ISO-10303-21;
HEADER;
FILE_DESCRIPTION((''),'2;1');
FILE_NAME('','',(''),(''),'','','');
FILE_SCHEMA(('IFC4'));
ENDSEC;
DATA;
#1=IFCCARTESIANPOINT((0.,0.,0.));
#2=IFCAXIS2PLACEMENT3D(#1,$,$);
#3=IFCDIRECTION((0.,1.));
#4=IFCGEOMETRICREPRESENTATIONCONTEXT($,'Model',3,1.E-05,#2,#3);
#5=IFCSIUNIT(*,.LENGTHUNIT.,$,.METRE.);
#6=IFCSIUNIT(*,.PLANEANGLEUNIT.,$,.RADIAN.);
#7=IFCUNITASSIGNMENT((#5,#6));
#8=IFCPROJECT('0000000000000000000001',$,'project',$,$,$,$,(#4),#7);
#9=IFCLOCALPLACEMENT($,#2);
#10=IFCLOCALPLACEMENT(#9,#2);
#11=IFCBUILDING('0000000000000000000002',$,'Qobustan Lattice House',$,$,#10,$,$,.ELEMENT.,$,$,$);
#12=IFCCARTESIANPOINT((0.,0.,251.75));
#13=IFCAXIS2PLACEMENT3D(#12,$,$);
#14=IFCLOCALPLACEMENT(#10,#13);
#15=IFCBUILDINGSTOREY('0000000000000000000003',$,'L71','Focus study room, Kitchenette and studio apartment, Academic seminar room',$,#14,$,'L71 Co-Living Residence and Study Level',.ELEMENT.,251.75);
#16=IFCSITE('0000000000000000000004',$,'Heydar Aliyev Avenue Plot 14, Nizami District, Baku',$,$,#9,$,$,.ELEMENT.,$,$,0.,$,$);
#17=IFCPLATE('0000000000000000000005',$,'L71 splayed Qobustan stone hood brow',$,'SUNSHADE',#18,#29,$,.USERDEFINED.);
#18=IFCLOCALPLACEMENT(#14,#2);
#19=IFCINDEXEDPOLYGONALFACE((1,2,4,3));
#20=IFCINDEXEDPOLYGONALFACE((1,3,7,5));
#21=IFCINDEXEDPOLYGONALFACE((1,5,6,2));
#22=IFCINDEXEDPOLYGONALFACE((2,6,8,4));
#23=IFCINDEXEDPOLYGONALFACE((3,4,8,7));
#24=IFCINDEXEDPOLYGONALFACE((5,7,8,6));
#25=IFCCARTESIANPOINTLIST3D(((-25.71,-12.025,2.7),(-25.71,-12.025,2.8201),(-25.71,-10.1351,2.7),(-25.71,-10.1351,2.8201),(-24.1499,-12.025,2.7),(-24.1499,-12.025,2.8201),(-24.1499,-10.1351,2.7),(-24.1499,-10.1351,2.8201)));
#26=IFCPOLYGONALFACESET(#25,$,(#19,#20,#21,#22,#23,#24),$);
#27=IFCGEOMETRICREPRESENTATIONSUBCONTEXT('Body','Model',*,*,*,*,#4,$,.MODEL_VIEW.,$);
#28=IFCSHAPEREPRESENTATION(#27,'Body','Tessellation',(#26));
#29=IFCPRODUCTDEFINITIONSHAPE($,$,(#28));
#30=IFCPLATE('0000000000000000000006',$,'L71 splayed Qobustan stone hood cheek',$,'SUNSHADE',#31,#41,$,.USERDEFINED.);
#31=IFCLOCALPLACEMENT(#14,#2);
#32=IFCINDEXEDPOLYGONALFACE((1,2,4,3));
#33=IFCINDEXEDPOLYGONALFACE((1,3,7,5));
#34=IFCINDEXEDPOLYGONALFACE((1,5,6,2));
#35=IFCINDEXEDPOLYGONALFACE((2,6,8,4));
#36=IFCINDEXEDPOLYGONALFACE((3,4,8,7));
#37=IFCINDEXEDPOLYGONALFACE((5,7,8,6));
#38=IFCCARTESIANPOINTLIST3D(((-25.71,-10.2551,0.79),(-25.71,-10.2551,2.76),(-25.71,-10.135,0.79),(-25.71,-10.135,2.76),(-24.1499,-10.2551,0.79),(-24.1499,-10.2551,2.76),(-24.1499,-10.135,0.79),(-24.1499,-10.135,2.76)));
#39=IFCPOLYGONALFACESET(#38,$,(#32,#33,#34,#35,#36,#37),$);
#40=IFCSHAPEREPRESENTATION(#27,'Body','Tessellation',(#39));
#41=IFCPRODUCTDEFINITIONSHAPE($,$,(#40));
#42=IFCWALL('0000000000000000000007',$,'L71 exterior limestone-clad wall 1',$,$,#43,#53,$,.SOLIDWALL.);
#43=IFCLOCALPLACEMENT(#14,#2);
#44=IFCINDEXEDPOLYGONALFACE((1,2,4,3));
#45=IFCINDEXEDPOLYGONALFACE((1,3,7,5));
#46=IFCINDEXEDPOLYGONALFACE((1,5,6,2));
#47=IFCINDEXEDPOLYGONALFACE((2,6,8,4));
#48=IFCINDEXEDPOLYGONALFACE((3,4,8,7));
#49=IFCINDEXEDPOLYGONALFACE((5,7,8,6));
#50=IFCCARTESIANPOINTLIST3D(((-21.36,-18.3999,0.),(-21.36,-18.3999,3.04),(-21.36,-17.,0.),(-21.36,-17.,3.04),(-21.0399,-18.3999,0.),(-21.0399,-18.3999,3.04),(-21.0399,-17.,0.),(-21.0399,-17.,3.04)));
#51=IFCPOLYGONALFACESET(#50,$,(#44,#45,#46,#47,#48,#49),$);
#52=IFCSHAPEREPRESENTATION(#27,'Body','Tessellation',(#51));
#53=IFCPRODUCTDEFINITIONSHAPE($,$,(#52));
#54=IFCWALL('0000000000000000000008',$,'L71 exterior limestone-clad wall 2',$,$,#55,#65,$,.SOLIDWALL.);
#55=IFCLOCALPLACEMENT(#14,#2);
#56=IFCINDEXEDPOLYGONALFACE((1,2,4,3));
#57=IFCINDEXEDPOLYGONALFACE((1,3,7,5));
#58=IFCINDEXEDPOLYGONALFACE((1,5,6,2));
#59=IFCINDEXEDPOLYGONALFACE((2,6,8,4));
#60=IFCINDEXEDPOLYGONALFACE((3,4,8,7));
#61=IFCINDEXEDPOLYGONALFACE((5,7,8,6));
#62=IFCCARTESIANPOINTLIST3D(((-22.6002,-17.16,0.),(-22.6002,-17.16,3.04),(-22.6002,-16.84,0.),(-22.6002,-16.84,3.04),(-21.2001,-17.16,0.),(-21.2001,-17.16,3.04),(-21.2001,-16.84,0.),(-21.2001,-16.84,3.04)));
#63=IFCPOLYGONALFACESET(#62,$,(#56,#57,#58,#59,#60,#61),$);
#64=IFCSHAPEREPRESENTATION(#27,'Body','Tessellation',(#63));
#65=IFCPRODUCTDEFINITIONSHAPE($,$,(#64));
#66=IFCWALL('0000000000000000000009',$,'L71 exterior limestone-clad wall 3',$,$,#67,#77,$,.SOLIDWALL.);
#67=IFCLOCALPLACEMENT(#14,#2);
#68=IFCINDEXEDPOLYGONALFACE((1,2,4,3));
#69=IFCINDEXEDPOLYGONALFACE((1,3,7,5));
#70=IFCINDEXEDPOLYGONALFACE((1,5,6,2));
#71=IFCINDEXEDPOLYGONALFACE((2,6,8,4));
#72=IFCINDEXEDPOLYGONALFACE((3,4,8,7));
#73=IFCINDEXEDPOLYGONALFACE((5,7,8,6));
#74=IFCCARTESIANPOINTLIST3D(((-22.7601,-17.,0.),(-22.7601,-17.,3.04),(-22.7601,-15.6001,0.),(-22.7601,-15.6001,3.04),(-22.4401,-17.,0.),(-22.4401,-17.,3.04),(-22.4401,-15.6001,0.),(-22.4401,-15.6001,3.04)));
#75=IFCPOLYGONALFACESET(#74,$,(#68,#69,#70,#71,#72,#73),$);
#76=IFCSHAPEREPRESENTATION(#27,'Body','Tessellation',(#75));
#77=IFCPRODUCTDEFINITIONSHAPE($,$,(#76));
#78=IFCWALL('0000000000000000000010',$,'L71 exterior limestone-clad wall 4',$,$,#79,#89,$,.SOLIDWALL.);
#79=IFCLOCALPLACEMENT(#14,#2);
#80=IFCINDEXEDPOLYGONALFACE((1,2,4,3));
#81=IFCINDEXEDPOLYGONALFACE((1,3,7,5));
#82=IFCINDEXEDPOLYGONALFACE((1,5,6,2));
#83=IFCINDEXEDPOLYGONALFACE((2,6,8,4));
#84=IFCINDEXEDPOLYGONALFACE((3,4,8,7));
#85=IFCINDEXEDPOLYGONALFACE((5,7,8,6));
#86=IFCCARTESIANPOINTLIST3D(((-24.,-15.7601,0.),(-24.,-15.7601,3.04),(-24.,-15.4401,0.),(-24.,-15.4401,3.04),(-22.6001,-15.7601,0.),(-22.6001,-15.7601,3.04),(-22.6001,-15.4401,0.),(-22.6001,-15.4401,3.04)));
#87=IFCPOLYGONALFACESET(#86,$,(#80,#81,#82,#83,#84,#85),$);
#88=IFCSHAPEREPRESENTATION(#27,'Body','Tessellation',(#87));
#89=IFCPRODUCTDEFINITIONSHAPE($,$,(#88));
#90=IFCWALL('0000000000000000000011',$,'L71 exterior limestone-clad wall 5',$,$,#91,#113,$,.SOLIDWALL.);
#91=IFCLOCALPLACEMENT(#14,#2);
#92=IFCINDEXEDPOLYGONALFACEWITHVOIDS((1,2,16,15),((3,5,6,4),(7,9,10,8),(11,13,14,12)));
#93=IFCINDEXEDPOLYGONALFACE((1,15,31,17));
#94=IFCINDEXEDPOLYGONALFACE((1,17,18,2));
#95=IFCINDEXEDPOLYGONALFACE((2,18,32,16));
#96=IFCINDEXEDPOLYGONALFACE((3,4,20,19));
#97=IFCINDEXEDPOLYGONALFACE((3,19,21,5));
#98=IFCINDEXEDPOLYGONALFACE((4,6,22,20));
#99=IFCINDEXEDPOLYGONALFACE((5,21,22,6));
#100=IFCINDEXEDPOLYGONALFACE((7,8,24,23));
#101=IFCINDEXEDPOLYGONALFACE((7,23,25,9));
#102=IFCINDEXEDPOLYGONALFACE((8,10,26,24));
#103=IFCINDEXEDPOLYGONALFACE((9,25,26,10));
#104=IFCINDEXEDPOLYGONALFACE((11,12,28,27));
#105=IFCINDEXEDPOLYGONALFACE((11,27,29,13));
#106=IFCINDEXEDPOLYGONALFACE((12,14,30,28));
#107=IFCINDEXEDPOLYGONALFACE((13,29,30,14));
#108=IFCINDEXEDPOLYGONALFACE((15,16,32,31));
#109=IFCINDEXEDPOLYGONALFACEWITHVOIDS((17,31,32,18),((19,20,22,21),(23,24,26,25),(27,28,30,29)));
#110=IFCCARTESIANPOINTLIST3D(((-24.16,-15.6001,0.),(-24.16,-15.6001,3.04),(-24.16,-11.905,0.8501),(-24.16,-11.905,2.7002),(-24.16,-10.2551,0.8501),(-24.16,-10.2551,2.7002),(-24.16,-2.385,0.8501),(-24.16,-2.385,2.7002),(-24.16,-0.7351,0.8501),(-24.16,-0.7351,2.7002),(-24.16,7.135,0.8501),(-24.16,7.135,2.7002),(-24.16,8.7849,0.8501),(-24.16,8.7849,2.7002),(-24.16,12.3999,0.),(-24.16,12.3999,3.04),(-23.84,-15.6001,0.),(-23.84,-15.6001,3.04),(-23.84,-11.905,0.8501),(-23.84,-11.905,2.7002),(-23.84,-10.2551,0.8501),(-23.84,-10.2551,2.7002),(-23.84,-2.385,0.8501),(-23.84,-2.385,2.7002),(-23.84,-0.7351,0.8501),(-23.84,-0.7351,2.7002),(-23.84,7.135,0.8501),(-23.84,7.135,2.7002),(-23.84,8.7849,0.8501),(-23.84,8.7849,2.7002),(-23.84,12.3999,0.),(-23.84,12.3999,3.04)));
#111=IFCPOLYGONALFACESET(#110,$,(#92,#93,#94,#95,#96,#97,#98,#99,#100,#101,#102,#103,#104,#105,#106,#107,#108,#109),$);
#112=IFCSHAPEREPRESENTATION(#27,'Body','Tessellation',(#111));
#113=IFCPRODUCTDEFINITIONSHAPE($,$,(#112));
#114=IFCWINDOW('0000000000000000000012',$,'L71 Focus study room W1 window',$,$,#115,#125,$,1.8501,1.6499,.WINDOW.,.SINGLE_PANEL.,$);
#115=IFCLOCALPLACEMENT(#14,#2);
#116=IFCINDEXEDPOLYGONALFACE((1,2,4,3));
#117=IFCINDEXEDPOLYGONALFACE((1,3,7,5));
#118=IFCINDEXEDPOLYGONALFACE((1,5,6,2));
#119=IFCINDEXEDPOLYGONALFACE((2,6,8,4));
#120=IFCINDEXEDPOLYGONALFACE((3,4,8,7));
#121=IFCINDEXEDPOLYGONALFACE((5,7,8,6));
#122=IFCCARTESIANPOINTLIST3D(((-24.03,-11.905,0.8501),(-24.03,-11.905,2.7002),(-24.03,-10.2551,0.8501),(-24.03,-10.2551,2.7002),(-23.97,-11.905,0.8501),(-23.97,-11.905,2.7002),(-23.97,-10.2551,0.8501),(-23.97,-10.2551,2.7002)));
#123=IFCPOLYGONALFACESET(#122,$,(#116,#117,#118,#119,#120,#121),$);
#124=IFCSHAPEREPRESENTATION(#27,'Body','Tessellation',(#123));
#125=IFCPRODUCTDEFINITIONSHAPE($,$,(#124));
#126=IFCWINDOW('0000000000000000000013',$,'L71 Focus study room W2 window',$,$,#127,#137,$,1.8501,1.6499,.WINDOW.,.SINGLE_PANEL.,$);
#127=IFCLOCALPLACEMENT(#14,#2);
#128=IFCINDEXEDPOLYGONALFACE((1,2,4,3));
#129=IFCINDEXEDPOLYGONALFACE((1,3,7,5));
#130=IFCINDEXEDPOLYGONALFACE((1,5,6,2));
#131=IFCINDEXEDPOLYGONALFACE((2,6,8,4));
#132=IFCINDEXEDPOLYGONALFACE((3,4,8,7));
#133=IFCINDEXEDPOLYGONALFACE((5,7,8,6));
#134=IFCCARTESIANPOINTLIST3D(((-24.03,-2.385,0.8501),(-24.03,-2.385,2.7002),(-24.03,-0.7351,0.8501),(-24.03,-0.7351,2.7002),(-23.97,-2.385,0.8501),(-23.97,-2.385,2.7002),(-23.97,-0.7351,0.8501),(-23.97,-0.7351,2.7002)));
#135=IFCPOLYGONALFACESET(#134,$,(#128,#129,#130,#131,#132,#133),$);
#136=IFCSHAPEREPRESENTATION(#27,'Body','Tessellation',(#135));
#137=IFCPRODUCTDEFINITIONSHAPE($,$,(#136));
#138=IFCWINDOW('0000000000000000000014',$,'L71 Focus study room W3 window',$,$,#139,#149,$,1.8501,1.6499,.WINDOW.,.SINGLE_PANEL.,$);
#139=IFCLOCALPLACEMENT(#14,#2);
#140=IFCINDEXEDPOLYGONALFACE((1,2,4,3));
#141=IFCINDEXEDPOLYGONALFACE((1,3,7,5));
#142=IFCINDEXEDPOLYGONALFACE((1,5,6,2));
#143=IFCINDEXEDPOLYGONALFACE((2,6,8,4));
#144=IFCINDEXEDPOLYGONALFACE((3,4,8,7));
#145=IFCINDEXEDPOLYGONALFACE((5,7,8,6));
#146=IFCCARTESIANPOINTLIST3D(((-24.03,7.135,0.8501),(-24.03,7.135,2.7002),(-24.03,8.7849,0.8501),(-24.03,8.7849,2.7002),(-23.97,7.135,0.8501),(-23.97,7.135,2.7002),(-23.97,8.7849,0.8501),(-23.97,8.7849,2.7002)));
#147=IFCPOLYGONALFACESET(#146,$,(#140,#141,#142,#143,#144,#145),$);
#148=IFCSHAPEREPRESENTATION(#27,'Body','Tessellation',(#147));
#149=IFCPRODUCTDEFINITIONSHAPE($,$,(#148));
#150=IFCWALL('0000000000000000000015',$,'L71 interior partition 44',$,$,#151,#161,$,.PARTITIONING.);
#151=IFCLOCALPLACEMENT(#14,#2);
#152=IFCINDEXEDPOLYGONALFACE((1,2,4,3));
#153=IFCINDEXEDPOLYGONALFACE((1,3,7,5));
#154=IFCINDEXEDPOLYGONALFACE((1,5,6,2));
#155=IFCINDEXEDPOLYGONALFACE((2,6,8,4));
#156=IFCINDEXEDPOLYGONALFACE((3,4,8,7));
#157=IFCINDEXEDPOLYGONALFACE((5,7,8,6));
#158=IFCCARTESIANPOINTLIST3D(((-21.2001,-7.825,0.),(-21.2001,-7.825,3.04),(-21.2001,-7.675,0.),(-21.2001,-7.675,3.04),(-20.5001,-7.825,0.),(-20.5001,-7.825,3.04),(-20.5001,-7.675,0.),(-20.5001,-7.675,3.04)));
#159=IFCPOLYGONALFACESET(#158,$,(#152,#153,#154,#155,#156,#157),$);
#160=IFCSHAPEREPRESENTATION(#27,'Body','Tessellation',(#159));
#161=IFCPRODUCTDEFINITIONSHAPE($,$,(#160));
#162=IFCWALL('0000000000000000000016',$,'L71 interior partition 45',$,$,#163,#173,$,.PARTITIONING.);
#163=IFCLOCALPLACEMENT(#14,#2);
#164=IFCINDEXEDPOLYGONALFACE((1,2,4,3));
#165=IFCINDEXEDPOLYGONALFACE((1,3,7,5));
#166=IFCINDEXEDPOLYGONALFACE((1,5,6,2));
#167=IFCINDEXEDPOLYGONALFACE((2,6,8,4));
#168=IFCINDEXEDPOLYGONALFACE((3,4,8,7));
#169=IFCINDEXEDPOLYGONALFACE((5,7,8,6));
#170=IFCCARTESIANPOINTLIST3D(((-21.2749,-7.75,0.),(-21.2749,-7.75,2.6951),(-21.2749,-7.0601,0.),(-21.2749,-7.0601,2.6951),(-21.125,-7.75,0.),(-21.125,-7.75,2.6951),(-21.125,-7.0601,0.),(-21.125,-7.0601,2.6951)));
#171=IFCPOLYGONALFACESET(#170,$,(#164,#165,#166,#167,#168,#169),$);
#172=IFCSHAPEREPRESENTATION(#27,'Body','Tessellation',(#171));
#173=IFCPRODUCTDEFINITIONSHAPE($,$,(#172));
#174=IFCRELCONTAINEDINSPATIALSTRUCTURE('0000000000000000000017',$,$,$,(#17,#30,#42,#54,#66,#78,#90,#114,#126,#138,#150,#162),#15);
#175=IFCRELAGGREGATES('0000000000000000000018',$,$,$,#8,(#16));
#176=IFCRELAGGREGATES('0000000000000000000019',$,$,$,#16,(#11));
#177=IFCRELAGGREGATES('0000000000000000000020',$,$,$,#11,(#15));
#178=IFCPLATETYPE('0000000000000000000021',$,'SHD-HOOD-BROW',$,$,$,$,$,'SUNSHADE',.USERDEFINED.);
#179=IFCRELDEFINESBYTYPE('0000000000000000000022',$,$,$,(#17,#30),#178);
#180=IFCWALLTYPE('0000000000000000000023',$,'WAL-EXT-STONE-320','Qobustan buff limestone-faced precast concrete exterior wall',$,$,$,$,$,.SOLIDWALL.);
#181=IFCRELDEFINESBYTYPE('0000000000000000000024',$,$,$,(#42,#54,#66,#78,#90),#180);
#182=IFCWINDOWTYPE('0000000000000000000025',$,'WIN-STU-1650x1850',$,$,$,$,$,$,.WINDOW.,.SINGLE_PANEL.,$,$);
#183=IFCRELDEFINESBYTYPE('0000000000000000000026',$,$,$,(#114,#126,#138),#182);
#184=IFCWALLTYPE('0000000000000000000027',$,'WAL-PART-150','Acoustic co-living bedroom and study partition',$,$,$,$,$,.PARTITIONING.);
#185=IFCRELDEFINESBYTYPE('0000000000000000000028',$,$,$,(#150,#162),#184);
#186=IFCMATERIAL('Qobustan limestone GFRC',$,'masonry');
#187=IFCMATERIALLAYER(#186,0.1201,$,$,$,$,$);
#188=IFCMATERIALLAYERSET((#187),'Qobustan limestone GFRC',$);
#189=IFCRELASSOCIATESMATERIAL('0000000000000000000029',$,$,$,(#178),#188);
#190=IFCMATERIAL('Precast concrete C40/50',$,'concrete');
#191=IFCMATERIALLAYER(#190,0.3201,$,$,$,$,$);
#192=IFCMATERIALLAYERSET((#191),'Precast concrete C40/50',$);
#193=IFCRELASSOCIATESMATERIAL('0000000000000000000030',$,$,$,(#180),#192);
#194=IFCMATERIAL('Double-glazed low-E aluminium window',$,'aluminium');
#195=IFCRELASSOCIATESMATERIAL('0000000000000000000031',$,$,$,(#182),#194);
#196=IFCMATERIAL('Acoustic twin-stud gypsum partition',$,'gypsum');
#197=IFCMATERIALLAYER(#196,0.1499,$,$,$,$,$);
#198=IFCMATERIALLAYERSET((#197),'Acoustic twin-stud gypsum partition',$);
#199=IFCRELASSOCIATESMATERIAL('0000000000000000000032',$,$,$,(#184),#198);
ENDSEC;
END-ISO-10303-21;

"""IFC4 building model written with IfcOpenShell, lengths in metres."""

from ifc_helpers import new_model, si_unit, direction, frame, frame_2d, origin, origin_2d, place, context, subcontext, project, spatial, rectangle, extrude, material, layer, layer_set, type_object, element, fill, save


model = new_model("IFC4")

# Units and contexts
model_context = context("Model", 3, precision=1e-05, world=origin(), true_north=direction((0.0, 1.0)))
body_context = subcontext(model_context, "Body", "Model", "MODEL_VIEW")
ifc_project = project(units=[si_unit("LENGTHUNIT", "METRE"), si_unit("PLANEANGLEUNIT", "RADIAN")], contexts=[model_context])

# Site, building, storey
site_placement = place(None, origin())
site = spatial("IfcSite", under=ifc_project, at=site_placement, Name="Heydar Aliyev Avenue Plot 14, Nizami District, Baku", CompositionType="ELEMENT", RefElevation=0.0)
building_placement = place(site_placement, origin())
building = spatial("IfcBuilding", under=site, at=building_placement, Name="Qobustan Lattice House", CompositionType="ELEMENT")
storey_placement = place(building_placement, frame((0.0, 0.0, 251.75)))
storey = spatial("IfcBuildingStorey", under=building, at=storey_placement, Name="L71", Description="Focus study room, Kitchenette and studio apartment, Academic seminar room", LongName="L71 Co-Living Residence and Study Level", CompositionType="ELEMENT", Elevation=251.75)

# Plates
ifc_material_1 = material(Name="Qobustan limestone GFRC", Category="masonry")
ifc_layer_1 = layer(ifc_material_1, 0.1201)
ifc_layer_set_1 = layer_set([ifc_layer_1], Name="Qobustan limestone GFRC")
plate_type = type_object("IfcPlateType", Name="SHD-HOOD-BROW", ElementType="SUNSHADE", PredefinedType="USERDEFINED", material=ifc_layer_set_1)
plate_1_placement = place(storey_placement, frame((-24.9299, -11.0801, 2.7), z_axis=(0.0, 0.0, 1.0), x_axis=(0.0, 1.0, 0.0)))
element("IfcPlate", 1, at=plate_1_placement, inside=storey, type_object=plate_type, Name="L71 splayed Qobustan stone hood brow", ObjectType="SUNSHADE", PredefinedType="USERDEFINED", context=body_context, shape_type="SweptSolid", body=[
    extrude(rectangle(XDim=1.8899, YDim=1.5601, at=origin_2d()), origin(), (0.0, 0.0, 1.0), 0.1201),
])
plate_2_placement = place(storey_placement, frame((-24.9299, -10.1951, 0.79), z_axis=(0.0, 0.0, 1.0), x_axis=(0.0, 1.0, 0.0)))
element("IfcPlate", 2, at=plate_2_placement, inside=storey, type_object=plate_type, Name="L71 splayed Qobustan stone hood cheek", ObjectType="SUNSHADE", PredefinedType="USERDEFINED", context=body_context, shape_type="SweptSolid", body=[
    extrude(rectangle(XDim=0.1201, YDim=1.5601, at=origin_2d()), origin(), (0.0, 0.0, 1.0), 1.97),
])

# Walls
ifc_material_2 = material(Name="Precast concrete C40/50", Category="concrete")
ifc_layer_2 = layer(ifc_material_2, 0.3201)
ifc_layer_set_2 = layer_set([ifc_layer_2], Name="Precast concrete C40/50")
wall_type_1 = type_object("IfcWallType", Name="WAL-EXT-STONE-320", Description="Qobustan buff limestone-faced precast concrete exterior wall", PredefinedType="SOLIDWALL", material=ifc_layer_set_2)
wall_1_placement = place(storey_placement, frame((-21.2, -18.3999, 0.0), z_axis=(0.0, 0.0, 1.0), x_axis=(0.0, 1.0, 0.0)))
element("IfcWall", 3, at=wall_1_placement, inside=storey, type_object=wall_type_1, Name="L71 exterior limestone-clad wall 1", PredefinedType="SOLIDWALL", context=body_context, shape_type="SweptSolid", body=[
    extrude(rectangle(XDim=1.3999, YDim=0.3201, at=frame_2d((0.7, 0.0))), origin(), (0.0, 0.0, 1.0), 3.04),
])
wall_2_placement = place(storey_placement, frame((-21.2, -17.0, 0.0), z_axis=(0.0, 0.0, 1.0), x_axis=(-1.0, 0.0, 0.0)))
element("IfcWall", 4, at=wall_2_placement, inside=storey, type_object=wall_type_1, Name="L71 exterior limestone-clad wall 2", PredefinedType="SOLIDWALL", context=body_context, shape_type="SweptSolid", body=[
    extrude(rectangle(XDim=1.4001, YDim=0.3201, at=frame_2d((0.7002, 0.0))), origin(), (0.0, 0.0, 1.0), 3.04),
])
for number, where, z_axis, x_axis, name in (
    (5, (-22.6001, -17.0, 0.0), (0.0, 0.0, 1.0), (0.0, 1.0, 0.0), "L71 exterior limestone-clad wall 3"),
    (6, (-22.6001, -15.6001, 0.0), (0.0, 0.0, 1.0), (-1.0, 0.0, 0.0), "L71 exterior limestone-clad wall 4"),
):
    element("IfcWall", number, at=place(storey_placement, frame(where, z_axis=z_axis, x_axis=x_axis)), inside=storey, type_object=wall_type_1, Name=name, PredefinedType="SOLIDWALL", context=body_context, shape_type="SweptSolid", body=[
        extrude(rectangle(XDim=1.3999, YDim=0.3201, at=frame_2d((0.7, 0.0))), origin(), (0.0, 0.0, 1.0), 3.04),
    ])

# Wall, openings, windows
wall_3_placement = place(storey_placement, frame((-24.0, -15.6001, 0.0), z_axis=(0.0, 0.0, 1.0), x_axis=(0.0, 1.0, 0.0)))
wall_3 = element("IfcWall", 7, at=wall_3_placement, inside=storey, type_object=wall_type_1, Name="L71 exterior limestone-clad wall 5", PredefinedType="SOLIDWALL", context=body_context, shape_type="SweptSolid", body=[
    extrude(rectangle(XDim=28.0, YDim=0.3201, at=frame_2d((14.0, 0.0))), origin(), (0.0, 0.0, 1.0), 3.04),
])
opening_1_placement = place(wall_3_placement, frame((3.6951, 0.0, 0.8501)))
opening_1 = element("IfcOpeningElement", 8, at=opening_1_placement, cuts=wall_3, PredefinedType="OPENING", context=body_context, shape_type="SweptSolid", body=[
    extrude(rectangle(XDim=1.6499, YDim=1.8501, at=frame_2d((0.825, 0.925))), frame((0.0, 0.1699, 0.0), z_axis=(0.0, -1.0, 0.0), x_axis=(1.0, 0.0, 0.0)), (0.0, 0.0, 1.0), 0.3401),
])
opening_2_placement = place(wall_3_placement, frame((13.2151, 0.0, 0.8501)))
opening_2 = element("IfcOpeningElement", 9, at=opening_2_placement, cuts=wall_3, PredefinedType="OPENING", context=body_context, shape_type="SweptSolid", body=[
    extrude(rectangle(XDim=1.6499, YDim=1.8501, at=frame_2d((0.825, 0.925))), frame((0.0, 0.1699, 0.0), z_axis=(0.0, -1.0, 0.0), x_axis=(1.0, 0.0, 0.0)), (0.0, 0.0, 1.0), 0.3401),
])
opening_3_placement = place(wall_3_placement, frame((22.7351, 0.0, 0.8501)))
opening_3 = element("IfcOpeningElement", 10, at=opening_3_placement, cuts=wall_3, PredefinedType="OPENING", context=body_context, shape_type="SweptSolid", body=[
    extrude(rectangle(XDim=1.6499, YDim=1.8501, at=frame_2d((0.825, 0.925))), frame((0.0, 0.1699, 0.0), z_axis=(0.0, -1.0, 0.0), x_axis=(1.0, 0.0, 0.0)), (0.0, 0.0, 1.0), 0.3401),
])
ifc_material_3 = material(Name="Double-glazed low-E aluminium window", Category="aluminium")
window_type = type_object("IfcWindowType", Name="WIN-STU-1650x1850", PartitioningType="SINGLE_PANEL", PredefinedType="WINDOW", material=ifc_material_3)
window_1_placement = place(opening_1_placement, origin())
window_1 = element("IfcWindow", 11, at=window_1_placement, inside=storey, type_object=window_type, Name="L71 Focus study room W1 window", OverallHeight=1.8501, OverallWidth=1.6499, PartitioningType="SINGLE_PANEL", PredefinedType="WINDOW", context=body_context, shape_type="SweptSolid", body=[
    extrude(rectangle(XDim=1.6499, YDim=1.8501, at=frame_2d((0.825, 0.925))), frame((0.0, 0.03, 0.0), z_axis=(0.0, -1.0, 0.0), x_axis=(1.0, 0.0, 0.0)), (0.0, 0.0, 1.0), 0.0601),
])
fill(opening_1, window_1)
window_2_placement = place(opening_2_placement, origin())
window_2 = element("IfcWindow", 12, at=window_2_placement, inside=storey, type_object=window_type, Name="L71 Focus study room W2 window", OverallHeight=1.8501, OverallWidth=1.6499, PartitioningType="SINGLE_PANEL", PredefinedType="WINDOW", context=body_context, shape_type="SweptSolid", body=[
    extrude(rectangle(XDim=1.6499, YDim=1.8501, at=frame_2d((0.825, 0.925))), frame((0.0, 0.03, 0.0), z_axis=(0.0, -1.0, 0.0), x_axis=(1.0, 0.0, 0.0)), (0.0, 0.0, 1.0), 0.0601),
])
fill(opening_2, window_2)
window_3_placement = place(opening_3_placement, origin())
window_3 = element("IfcWindow", 13, at=window_3_placement, inside=storey, type_object=window_type, Name="L71 Focus study room W3 window", OverallHeight=1.8501, OverallWidth=1.6499, PartitioningType="SINGLE_PANEL", PredefinedType="WINDOW", context=body_context, shape_type="SweptSolid", body=[
    extrude(rectangle(XDim=1.6499, YDim=1.8501, at=frame_2d((0.825, 0.925))), frame((0.0, 0.03, 0.0), z_axis=(0.0, -1.0, 0.0), x_axis=(1.0, 0.0, 0.0)), (0.0, 0.0, 1.0), 0.0601),
])
fill(opening_3, window_3)

# Walls
ifc_material_4 = material(Name="Acoustic twin-stud gypsum partition", Category="gypsum")
ifc_layer_3 = layer(ifc_material_4, 0.1499)
ifc_layer_set_3 = layer_set([ifc_layer_3], Name="Acoustic twin-stud gypsum partition")
wall_type_2 = type_object("IfcWallType", Name="WAL-PART-150", Description="Acoustic co-living bedroom and study partition", PredefinedType="PARTITIONING", material=ifc_layer_set_3)
wall_4_placement = place(storey_placement, frame((-20.5, -7.75, 0.0), z_axis=(0.0, 0.0, 1.0), x_axis=(-1.0, 0.0, 0.0)))
element("IfcWall", 14, at=wall_4_placement, inside=storey, type_object=wall_type_2, Name="L71 interior partition 44", PredefinedType="PARTITIONING", context=body_context, shape_type="SweptSolid", body=[
    extrude(rectangle(XDim=0.7, YDim=0.1499, at=frame_2d((0.3501, 0.0))), origin(), (0.0, 0.0, 1.0), 3.04),
])
wall_5_placement = place(storey_placement, frame((-21.2, -7.75, 0.0), z_axis=(0.0, 0.0, 1.0), x_axis=(0.0, 1.0, 0.0)))
element("IfcWall", 15, at=wall_5_placement, inside=storey, type_object=wall_type_2, Name="L71 interior partition 45", PredefinedType="PARTITIONING", context=body_context, shape_type="SweptSolid", body=[
    extrude(rectangle(XDim=0.6899, YDim=0.1499, at=frame_2d((0.345, 0.0))), origin(), (0.0, 0.0, 1.0), 2.6951),
])

save(model, "model.ifc")
